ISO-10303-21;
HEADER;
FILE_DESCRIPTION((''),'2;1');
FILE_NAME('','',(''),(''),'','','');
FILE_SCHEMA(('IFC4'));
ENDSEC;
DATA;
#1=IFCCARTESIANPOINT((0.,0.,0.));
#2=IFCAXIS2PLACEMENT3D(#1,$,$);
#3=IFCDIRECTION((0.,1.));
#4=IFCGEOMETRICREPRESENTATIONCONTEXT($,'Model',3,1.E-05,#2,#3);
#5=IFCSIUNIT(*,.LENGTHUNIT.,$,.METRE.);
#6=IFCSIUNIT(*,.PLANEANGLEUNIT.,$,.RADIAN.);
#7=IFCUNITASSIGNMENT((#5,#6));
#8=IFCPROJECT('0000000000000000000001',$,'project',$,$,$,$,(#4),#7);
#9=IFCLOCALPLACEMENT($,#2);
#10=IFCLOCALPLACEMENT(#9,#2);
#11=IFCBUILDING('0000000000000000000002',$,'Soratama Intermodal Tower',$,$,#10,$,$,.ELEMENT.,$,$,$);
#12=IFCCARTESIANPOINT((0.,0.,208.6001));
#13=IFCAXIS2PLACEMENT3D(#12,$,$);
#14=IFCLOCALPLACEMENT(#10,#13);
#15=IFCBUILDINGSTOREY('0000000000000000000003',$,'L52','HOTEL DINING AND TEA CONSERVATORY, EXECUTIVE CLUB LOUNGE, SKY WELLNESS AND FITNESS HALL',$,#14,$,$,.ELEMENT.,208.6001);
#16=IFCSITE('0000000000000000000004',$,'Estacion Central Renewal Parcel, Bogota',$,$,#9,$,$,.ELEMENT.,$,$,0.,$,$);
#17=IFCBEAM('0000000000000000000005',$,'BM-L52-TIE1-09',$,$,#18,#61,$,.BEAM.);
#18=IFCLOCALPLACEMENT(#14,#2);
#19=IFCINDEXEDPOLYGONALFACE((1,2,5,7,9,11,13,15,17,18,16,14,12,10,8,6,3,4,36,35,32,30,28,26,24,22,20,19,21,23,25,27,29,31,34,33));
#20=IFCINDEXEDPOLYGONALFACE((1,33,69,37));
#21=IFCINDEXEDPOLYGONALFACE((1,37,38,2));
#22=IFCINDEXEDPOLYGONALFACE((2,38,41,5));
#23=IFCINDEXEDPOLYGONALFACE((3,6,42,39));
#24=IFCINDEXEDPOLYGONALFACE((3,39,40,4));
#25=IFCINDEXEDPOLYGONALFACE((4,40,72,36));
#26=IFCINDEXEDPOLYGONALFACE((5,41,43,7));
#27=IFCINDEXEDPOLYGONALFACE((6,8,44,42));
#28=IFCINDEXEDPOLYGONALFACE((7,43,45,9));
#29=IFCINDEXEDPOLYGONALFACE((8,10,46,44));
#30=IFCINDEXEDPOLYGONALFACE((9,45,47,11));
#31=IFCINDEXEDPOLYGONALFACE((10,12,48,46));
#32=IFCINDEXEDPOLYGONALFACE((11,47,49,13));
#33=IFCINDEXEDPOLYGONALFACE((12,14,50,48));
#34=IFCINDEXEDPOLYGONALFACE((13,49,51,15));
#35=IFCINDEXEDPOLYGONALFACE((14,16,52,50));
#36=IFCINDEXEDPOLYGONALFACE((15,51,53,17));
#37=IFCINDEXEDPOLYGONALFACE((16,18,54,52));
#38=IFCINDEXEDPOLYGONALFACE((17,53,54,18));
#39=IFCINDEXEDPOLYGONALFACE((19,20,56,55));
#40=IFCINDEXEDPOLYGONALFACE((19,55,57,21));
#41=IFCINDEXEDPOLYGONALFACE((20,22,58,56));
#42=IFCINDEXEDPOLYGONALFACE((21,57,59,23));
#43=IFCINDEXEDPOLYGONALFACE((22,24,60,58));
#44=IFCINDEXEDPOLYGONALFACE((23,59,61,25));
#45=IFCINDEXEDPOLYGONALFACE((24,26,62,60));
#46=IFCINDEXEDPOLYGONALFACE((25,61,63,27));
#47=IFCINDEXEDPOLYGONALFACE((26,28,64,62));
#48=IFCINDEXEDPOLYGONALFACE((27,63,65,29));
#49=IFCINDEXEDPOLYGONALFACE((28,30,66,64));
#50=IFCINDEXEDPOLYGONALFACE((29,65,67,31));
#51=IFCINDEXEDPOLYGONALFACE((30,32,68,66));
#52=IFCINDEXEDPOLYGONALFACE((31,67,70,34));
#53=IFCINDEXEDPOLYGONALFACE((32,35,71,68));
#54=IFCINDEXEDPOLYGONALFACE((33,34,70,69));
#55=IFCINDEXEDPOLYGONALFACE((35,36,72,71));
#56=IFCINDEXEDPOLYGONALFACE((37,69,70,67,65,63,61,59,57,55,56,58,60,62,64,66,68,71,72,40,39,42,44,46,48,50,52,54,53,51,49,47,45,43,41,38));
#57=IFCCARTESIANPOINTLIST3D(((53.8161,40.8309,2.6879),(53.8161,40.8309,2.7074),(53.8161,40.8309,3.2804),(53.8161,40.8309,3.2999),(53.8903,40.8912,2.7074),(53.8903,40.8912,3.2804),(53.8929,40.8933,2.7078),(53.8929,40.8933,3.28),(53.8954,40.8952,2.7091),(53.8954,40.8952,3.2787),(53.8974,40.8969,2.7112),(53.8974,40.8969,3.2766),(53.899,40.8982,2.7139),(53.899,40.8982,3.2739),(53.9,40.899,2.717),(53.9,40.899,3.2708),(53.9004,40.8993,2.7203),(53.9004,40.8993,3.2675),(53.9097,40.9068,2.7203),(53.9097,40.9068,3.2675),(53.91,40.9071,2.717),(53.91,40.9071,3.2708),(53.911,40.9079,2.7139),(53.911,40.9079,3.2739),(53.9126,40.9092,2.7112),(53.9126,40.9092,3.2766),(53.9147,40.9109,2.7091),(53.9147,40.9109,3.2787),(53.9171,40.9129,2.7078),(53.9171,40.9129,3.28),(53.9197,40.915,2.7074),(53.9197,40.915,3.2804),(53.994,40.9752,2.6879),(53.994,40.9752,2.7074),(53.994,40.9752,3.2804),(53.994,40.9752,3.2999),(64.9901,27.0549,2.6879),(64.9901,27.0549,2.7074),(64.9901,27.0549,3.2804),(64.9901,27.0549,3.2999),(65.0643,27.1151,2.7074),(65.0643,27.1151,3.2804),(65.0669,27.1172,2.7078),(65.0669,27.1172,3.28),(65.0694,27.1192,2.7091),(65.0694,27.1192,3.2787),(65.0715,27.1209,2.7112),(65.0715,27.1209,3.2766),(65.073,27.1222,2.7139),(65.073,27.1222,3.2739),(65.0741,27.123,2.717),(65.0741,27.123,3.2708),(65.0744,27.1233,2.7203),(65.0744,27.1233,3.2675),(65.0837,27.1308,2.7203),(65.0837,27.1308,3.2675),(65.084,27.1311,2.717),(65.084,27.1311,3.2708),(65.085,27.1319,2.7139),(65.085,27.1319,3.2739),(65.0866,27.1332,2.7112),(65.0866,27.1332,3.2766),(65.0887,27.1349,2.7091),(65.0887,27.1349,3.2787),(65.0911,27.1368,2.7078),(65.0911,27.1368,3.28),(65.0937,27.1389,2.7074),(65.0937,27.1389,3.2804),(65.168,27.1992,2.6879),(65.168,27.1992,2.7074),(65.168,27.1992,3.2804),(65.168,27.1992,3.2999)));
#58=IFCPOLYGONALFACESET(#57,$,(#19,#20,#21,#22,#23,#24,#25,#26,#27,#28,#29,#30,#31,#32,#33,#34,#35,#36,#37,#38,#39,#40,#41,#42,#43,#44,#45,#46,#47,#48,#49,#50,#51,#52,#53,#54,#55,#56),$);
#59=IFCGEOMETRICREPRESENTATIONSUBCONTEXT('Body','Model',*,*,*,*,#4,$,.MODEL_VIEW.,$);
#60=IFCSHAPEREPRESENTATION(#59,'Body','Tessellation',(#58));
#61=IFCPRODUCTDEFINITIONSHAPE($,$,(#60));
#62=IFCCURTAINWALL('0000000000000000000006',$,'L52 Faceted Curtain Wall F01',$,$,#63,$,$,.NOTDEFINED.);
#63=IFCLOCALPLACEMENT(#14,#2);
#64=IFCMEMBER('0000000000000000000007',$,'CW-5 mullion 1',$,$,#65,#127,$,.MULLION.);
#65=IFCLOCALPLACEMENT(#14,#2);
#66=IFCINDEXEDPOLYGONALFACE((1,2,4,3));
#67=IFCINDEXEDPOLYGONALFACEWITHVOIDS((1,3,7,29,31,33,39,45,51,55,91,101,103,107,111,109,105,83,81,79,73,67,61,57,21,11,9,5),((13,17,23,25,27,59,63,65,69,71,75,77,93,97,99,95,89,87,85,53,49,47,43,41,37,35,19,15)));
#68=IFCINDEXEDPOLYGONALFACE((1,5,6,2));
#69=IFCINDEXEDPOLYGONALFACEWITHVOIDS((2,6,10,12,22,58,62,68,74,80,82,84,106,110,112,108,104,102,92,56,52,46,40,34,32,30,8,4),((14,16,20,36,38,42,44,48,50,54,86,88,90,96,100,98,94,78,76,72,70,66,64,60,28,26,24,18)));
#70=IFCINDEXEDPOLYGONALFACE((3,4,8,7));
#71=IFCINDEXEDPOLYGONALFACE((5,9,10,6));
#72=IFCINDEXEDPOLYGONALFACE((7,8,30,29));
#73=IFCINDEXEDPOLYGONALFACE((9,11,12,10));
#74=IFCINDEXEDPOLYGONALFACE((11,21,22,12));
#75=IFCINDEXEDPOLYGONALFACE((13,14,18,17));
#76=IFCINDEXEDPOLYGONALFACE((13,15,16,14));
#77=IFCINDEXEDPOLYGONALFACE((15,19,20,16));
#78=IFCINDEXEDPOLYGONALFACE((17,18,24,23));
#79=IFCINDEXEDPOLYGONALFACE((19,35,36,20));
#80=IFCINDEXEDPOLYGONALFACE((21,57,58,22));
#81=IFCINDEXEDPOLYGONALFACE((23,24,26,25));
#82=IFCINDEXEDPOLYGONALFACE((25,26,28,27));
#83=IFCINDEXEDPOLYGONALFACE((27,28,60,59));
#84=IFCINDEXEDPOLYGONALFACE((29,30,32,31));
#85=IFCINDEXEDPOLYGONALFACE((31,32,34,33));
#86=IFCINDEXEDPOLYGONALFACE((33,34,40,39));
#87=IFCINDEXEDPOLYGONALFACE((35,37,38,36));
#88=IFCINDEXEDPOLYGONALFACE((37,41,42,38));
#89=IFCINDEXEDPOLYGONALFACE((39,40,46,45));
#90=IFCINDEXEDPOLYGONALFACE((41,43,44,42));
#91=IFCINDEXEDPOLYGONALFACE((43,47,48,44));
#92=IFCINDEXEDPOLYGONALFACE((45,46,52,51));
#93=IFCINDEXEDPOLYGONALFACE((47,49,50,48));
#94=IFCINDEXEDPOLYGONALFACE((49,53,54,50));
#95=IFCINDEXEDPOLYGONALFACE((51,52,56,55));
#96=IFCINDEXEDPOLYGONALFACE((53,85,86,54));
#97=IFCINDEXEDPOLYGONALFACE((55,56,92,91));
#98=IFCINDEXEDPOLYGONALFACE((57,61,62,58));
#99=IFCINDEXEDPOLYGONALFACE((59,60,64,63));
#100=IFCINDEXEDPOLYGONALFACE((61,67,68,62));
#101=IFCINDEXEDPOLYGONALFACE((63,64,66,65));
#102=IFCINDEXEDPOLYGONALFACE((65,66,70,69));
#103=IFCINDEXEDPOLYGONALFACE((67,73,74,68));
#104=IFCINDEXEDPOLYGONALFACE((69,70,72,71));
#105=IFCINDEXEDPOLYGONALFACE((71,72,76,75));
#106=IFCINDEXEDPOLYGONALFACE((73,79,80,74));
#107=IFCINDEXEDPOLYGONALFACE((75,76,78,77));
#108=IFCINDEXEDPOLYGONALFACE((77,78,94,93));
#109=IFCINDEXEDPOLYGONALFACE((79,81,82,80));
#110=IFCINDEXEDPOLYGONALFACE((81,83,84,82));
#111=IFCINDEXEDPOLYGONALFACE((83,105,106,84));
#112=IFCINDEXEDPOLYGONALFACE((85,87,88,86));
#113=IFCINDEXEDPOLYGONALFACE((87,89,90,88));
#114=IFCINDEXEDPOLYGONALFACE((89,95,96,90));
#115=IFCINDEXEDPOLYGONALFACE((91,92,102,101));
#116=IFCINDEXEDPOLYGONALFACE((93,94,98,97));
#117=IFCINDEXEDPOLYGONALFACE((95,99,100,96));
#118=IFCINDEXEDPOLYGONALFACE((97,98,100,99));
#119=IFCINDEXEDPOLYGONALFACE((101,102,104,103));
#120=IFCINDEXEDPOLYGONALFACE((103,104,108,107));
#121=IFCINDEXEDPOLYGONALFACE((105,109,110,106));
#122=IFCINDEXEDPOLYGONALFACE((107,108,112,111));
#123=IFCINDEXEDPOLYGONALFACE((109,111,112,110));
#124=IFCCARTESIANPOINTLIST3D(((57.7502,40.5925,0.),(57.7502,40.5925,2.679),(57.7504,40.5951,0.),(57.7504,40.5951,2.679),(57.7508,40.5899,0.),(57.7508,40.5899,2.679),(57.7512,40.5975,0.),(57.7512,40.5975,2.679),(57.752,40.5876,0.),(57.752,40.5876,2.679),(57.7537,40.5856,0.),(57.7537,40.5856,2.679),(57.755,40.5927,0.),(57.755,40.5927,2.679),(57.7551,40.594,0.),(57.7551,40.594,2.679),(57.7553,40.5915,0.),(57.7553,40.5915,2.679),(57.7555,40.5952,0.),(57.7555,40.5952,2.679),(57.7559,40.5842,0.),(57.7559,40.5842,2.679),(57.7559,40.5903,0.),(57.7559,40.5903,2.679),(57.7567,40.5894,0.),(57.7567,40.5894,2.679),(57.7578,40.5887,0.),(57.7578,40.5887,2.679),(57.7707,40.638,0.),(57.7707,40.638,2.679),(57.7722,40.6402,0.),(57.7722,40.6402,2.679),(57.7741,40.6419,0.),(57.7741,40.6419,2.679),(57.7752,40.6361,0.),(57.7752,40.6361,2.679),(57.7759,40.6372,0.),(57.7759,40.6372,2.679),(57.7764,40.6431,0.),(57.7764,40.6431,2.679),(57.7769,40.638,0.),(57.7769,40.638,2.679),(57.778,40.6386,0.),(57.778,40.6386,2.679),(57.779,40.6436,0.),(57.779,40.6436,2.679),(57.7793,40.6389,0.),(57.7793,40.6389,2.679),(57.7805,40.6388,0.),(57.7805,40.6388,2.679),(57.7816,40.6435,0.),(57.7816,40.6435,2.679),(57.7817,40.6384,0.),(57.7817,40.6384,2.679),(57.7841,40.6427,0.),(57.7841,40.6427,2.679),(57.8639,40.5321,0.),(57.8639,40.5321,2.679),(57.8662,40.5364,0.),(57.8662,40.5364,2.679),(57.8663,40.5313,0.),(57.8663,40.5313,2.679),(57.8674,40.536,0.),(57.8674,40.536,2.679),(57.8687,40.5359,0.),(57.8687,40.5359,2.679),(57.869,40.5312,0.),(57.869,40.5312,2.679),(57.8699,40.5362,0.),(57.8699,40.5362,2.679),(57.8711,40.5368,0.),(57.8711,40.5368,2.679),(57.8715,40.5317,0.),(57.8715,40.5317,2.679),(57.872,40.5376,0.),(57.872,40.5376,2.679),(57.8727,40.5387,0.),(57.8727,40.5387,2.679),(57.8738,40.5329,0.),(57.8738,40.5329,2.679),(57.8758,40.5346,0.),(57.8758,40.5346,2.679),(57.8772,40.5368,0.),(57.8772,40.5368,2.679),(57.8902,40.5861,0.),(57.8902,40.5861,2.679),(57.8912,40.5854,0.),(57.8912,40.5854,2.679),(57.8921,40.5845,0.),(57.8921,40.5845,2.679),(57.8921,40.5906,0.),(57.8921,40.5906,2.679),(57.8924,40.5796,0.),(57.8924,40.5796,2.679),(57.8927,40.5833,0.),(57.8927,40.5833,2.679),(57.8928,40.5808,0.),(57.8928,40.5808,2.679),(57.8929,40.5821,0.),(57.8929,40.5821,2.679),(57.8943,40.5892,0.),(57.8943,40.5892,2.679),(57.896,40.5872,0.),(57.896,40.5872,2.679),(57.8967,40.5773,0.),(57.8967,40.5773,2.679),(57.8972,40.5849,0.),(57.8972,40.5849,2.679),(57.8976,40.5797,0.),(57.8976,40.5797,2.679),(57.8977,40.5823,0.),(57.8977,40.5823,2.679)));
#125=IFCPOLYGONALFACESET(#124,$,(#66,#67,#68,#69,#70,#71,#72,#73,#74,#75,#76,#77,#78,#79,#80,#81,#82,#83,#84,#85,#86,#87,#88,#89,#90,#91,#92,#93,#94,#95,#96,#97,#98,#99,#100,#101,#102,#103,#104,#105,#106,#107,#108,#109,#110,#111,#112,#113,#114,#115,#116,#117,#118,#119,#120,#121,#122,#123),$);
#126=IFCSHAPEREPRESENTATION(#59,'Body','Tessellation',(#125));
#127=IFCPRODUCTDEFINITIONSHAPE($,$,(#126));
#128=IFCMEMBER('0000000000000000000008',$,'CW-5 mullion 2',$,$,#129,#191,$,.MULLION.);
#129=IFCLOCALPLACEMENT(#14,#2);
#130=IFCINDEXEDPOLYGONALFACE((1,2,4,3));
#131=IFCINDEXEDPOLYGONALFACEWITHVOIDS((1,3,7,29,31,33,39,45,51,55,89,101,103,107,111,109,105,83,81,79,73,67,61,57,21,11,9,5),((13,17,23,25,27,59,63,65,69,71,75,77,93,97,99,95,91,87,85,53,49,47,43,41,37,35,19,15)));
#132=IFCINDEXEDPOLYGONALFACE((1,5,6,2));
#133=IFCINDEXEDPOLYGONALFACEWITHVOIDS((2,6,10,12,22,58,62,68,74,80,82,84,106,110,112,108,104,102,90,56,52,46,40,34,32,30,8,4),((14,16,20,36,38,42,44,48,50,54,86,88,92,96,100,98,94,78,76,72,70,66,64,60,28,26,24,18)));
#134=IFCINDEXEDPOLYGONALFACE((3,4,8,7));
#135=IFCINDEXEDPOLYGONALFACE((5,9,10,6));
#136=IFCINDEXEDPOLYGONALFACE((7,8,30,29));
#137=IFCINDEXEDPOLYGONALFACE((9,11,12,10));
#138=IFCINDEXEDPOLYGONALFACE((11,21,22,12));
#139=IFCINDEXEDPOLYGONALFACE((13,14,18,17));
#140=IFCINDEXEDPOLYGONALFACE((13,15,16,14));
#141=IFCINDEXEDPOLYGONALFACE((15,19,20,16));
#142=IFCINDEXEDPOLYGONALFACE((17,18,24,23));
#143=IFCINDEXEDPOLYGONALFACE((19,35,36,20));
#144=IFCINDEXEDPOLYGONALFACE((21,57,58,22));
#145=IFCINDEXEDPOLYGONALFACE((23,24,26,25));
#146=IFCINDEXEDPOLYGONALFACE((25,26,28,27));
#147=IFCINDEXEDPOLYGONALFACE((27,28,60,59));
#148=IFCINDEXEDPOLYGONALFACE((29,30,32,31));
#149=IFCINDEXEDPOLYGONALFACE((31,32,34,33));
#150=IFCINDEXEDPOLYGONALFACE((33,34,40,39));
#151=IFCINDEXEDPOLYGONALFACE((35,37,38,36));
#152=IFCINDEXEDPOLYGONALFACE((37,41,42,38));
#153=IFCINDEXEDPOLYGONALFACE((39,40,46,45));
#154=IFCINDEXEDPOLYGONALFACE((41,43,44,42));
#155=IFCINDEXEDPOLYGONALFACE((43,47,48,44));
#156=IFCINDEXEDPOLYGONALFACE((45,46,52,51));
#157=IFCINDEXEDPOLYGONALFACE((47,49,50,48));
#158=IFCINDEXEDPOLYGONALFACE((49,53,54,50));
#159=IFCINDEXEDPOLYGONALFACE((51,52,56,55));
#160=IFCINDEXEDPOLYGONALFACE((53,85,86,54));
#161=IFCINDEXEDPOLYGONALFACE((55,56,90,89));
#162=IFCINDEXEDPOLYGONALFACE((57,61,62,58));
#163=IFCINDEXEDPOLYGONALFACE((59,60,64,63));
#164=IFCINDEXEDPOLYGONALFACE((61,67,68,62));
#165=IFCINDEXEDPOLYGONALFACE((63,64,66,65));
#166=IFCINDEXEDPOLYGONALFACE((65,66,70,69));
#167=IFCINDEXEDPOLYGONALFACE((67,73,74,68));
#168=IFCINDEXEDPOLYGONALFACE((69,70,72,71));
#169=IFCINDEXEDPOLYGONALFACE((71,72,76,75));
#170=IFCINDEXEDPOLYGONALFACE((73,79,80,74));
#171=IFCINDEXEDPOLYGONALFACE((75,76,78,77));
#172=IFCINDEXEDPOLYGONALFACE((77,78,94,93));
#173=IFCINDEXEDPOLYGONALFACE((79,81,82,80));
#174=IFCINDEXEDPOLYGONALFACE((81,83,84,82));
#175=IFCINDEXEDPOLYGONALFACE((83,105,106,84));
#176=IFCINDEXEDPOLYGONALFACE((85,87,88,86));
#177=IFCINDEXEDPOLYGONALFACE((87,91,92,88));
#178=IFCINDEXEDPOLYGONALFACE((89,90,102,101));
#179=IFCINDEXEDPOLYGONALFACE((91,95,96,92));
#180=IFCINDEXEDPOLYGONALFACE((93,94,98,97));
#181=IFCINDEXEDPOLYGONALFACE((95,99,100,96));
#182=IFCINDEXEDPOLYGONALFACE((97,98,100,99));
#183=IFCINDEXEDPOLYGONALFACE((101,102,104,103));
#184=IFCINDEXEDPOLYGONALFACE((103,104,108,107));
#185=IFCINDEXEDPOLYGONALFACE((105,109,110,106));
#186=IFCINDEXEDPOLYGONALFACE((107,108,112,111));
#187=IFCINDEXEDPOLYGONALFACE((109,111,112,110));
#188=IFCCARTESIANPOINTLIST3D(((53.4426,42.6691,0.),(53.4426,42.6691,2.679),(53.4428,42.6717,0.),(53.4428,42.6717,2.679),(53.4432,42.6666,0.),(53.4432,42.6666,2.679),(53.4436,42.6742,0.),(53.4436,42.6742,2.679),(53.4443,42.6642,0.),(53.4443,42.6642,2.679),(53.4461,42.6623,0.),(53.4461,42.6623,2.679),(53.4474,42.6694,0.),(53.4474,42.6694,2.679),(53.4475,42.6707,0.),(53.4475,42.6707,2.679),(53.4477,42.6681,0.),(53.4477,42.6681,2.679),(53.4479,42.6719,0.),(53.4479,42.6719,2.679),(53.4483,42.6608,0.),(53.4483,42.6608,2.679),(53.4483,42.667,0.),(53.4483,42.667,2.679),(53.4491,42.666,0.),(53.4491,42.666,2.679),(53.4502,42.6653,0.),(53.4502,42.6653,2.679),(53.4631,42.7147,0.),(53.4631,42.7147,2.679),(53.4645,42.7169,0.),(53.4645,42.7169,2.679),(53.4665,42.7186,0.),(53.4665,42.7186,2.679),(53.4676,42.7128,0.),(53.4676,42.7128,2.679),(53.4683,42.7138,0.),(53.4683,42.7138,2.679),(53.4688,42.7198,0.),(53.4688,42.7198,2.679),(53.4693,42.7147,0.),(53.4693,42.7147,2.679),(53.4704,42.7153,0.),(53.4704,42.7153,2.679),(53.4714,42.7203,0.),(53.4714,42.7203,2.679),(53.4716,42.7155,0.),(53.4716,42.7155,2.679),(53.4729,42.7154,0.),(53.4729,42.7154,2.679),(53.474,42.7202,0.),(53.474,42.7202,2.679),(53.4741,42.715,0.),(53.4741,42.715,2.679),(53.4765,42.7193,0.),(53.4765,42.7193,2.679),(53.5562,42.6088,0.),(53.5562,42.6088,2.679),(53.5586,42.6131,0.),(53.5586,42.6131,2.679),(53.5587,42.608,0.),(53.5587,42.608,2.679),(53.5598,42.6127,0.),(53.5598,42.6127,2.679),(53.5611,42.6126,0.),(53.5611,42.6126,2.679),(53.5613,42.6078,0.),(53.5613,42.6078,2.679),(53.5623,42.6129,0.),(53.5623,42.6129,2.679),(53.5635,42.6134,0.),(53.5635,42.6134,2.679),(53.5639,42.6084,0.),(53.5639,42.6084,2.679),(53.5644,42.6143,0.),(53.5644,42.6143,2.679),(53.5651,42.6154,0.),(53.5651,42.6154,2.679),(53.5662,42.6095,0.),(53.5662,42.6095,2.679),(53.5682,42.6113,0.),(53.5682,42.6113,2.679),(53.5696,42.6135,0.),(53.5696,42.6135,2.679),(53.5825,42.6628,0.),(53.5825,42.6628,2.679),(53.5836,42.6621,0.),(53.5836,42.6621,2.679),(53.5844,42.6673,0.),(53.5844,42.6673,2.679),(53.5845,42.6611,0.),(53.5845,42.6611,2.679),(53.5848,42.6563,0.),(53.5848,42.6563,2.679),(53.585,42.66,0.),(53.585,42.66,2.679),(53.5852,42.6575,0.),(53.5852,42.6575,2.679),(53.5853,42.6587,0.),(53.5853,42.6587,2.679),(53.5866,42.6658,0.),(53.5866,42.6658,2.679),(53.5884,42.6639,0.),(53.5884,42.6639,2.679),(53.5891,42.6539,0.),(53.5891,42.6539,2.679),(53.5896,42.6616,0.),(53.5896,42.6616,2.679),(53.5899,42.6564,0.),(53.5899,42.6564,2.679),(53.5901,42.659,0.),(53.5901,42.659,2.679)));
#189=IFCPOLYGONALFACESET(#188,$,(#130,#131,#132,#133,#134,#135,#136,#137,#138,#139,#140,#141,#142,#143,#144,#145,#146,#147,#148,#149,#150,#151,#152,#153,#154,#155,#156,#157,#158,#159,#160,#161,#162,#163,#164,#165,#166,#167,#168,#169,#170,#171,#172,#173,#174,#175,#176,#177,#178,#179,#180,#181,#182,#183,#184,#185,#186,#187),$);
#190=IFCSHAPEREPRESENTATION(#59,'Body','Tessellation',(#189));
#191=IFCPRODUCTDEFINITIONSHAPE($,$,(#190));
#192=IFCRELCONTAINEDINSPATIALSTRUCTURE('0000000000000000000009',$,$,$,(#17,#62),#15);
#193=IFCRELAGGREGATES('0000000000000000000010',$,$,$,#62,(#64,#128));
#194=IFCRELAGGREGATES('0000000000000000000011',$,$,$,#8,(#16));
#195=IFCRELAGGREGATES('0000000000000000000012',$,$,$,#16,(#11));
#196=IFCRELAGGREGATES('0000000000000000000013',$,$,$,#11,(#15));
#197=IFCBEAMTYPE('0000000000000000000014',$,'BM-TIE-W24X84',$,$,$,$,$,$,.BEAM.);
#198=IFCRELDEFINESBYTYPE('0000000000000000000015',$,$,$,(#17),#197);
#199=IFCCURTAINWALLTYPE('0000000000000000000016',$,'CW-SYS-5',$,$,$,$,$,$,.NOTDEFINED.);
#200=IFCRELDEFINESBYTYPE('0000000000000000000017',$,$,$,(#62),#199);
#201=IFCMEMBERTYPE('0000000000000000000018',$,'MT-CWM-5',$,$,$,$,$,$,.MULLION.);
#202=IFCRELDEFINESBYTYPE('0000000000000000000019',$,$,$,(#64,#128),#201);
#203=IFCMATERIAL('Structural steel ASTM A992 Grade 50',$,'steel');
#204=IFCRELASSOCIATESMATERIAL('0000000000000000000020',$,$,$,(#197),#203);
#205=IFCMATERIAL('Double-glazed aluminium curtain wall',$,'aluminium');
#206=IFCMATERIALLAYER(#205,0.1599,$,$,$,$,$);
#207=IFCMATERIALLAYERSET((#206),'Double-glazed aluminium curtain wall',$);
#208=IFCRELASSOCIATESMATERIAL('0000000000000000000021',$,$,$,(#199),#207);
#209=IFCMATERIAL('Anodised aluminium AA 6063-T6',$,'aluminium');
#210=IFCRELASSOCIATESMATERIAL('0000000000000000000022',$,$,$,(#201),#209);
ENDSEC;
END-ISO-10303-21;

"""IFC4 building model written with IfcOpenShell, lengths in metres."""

from ifc_helpers import new_model, si_unit, direction, frame, origin, origin_2d, place, context, subcontext, project, spatial, hollow_rectangle, i_section, extrude, material, layer, layer_set, material_profile, profile_set, type_object, element, aggregate, save


model = new_model("IFC4")

# Units and contexts
model_context = context("Model", 3, precision=1e-05, world=origin(), true_north=direction((0.0, 1.0)))
body_context = subcontext(model_context, "Body", "Model", "MODEL_VIEW")
ifc_project = project(units=[si_unit("LENGTHUNIT", "METRE"), si_unit("PLANEANGLEUNIT", "RADIAN")], contexts=[model_context])

# Site, building, storey
site_placement = place(None, origin())
site = spatial("IfcSite", under=ifc_project, at=site_placement, Name="Estacion Central Renewal Parcel, Bogota", CompositionType="ELEMENT", RefElevation=0.0)
building_placement = place(site_placement, origin())
building = spatial("IfcBuilding", under=site, at=building_placement, Name="Soratama Intermodal Tower", CompositionType="ELEMENT")
storey_placement = place(building_placement, frame((0.0, 0.0, 208.6001)))
storey = spatial("IfcBuildingStorey", under=building, at=storey_placement, Name="L52", Description="HOTEL DINING AND TEA CONSERVATORY, EXECUTIVE CLUB LOUNGE, SKY WELLNESS AND FITNESS HALL", CompositionType="ELEMENT", Elevation=208.6001)

# Beam
ifc_material_1 = material(Name="Structural steel ASTM A992 Grade 50", Category="steel")
ifc_material_profile_1 = material_profile(ifc_material_1, i_section(OverallWidth=0.229, OverallDepth=0.6121, WebThickness=0.012, FlangeThickness=0.0195, FilletRadius=0.0129, at=origin_2d()), Name="W24X84")
ifc_profile_set_1 = profile_set([ifc_material_profile_1], Name="Structural steel ASTM A992 Grade 50")
beam_type_1 = type_object("IfcBeamType", Name="BM-TIE-W24X84", PredefinedType="BEAM", material=ifc_profile_set_1)
beam_1_placement = place(storey_placement, frame((53.905, 40.9031, 2.9939), z_axis=(0.629946, -0.776639, 0.0), x_axis=(0.776639, 0.629946, 0.0)))
element("IfcBeam", 1, at=beam_1_placement, inside=storey, type_object=beam_type_1, Name="BM-L52-TIE1-09", PredefinedType="BEAM", context=body_context, shape_type="SweptSolid", body=[
    extrude(i_section(OverallWidth=0.229, OverallDepth=0.6121, WebThickness=0.012, FlangeThickness=0.0195, FilletRadius=0.0129, at=origin_2d()), origin(), (0.0, 0.0, 1.0), 17.738),
])

# Curtain wall, members
ifc_material_2 = material(Name="Double-glazed aluminium curtain wall", Category="aluminium")
ifc_layer_1 = layer(ifc_material_2, 0.1599)
ifc_layer_set_1 = layer_set([ifc_layer_1], Name="Double-glazed aluminium curtain wall")
curtain_wall_type = type_object("IfcCurtainWallType", Name="CW-SYS-5", PredefinedType="NOTDEFINED", material=ifc_layer_set_1)
curtain_wall_1_placement = place(storey_placement, origin())
curtain_wall_1 = element("IfcCurtainWall", 2, at=curtain_wall_1_placement, inside=storey, type_object=curtain_wall_type, Name="L52 Faceted Curtain Wall F01", PredefinedType="NOTDEFINED")
ifc_material_3 = material(Name="Anodised aluminium AA 6063-T6", Category="aluminium")
ifc_material_profile_2 = material_profile(ifc_material_3, hollow_rectangle(XDim=0.0649, YDim=0.1399, WallThickness=0.0049, InnerFilletRadius=0.0049, OuterFilletRadius=0.01, at=origin_2d()), Name="CWM140X65X5")
ifc_profile_set_2 = profile_set([ifc_material_profile_2], Name="Anodised aluminium AA 6063-T6")
member_type_1 = type_object("IfcMemberType", Name="MT-CWM-5", PredefinedType="MULLION", material=ifc_profile_set_2)
member_1_placement = place(storey_placement, frame((57.824, 40.5874, 0.0), z_axis=(0.0, 0.0, 1.0), x_axis=(-0.434287, -0.900775, 0.0)))
member_1 = element("IfcMember", 3, at=member_1_placement, type_object=member_type_1, Name="CW-5 mullion 1", PredefinedType="MULLION", context=body_context, shape_type="SweptSolid", body=[
    extrude(hollow_rectangle(XDim=0.0649, YDim=0.1399, WallThickness=0.0049, InnerFilletRadius=0.0049, OuterFilletRadius=0.01, at=origin_2d()), origin(), (0.0, 0.0, 1.0), 2.679),
])
member_2_placement = place(storey_placement, frame((53.5164, 42.6641, 0.0), z_axis=(0.0, 0.0, 1.0), x_axis=(-0.434287, -0.900775, 0.0)))
member_2 = element("IfcMember", 4, at=member_2_placement, type_object=member_type_1, Name="CW-5 mullion 2", PredefinedType="MULLION", context=body_context, shape_type="SweptSolid", body=[
    extrude(hollow_rectangle(XDim=0.0649, YDim=0.1399, WallThickness=0.0049, InnerFilletRadius=0.0049, OuterFilletRadius=0.01, at=origin_2d()), origin(), (0.0, 0.0, 1.0), 2.679),
])

aggregate(curtain_wall_1, [member_1, member_2])

save(model, "model.ifc")
